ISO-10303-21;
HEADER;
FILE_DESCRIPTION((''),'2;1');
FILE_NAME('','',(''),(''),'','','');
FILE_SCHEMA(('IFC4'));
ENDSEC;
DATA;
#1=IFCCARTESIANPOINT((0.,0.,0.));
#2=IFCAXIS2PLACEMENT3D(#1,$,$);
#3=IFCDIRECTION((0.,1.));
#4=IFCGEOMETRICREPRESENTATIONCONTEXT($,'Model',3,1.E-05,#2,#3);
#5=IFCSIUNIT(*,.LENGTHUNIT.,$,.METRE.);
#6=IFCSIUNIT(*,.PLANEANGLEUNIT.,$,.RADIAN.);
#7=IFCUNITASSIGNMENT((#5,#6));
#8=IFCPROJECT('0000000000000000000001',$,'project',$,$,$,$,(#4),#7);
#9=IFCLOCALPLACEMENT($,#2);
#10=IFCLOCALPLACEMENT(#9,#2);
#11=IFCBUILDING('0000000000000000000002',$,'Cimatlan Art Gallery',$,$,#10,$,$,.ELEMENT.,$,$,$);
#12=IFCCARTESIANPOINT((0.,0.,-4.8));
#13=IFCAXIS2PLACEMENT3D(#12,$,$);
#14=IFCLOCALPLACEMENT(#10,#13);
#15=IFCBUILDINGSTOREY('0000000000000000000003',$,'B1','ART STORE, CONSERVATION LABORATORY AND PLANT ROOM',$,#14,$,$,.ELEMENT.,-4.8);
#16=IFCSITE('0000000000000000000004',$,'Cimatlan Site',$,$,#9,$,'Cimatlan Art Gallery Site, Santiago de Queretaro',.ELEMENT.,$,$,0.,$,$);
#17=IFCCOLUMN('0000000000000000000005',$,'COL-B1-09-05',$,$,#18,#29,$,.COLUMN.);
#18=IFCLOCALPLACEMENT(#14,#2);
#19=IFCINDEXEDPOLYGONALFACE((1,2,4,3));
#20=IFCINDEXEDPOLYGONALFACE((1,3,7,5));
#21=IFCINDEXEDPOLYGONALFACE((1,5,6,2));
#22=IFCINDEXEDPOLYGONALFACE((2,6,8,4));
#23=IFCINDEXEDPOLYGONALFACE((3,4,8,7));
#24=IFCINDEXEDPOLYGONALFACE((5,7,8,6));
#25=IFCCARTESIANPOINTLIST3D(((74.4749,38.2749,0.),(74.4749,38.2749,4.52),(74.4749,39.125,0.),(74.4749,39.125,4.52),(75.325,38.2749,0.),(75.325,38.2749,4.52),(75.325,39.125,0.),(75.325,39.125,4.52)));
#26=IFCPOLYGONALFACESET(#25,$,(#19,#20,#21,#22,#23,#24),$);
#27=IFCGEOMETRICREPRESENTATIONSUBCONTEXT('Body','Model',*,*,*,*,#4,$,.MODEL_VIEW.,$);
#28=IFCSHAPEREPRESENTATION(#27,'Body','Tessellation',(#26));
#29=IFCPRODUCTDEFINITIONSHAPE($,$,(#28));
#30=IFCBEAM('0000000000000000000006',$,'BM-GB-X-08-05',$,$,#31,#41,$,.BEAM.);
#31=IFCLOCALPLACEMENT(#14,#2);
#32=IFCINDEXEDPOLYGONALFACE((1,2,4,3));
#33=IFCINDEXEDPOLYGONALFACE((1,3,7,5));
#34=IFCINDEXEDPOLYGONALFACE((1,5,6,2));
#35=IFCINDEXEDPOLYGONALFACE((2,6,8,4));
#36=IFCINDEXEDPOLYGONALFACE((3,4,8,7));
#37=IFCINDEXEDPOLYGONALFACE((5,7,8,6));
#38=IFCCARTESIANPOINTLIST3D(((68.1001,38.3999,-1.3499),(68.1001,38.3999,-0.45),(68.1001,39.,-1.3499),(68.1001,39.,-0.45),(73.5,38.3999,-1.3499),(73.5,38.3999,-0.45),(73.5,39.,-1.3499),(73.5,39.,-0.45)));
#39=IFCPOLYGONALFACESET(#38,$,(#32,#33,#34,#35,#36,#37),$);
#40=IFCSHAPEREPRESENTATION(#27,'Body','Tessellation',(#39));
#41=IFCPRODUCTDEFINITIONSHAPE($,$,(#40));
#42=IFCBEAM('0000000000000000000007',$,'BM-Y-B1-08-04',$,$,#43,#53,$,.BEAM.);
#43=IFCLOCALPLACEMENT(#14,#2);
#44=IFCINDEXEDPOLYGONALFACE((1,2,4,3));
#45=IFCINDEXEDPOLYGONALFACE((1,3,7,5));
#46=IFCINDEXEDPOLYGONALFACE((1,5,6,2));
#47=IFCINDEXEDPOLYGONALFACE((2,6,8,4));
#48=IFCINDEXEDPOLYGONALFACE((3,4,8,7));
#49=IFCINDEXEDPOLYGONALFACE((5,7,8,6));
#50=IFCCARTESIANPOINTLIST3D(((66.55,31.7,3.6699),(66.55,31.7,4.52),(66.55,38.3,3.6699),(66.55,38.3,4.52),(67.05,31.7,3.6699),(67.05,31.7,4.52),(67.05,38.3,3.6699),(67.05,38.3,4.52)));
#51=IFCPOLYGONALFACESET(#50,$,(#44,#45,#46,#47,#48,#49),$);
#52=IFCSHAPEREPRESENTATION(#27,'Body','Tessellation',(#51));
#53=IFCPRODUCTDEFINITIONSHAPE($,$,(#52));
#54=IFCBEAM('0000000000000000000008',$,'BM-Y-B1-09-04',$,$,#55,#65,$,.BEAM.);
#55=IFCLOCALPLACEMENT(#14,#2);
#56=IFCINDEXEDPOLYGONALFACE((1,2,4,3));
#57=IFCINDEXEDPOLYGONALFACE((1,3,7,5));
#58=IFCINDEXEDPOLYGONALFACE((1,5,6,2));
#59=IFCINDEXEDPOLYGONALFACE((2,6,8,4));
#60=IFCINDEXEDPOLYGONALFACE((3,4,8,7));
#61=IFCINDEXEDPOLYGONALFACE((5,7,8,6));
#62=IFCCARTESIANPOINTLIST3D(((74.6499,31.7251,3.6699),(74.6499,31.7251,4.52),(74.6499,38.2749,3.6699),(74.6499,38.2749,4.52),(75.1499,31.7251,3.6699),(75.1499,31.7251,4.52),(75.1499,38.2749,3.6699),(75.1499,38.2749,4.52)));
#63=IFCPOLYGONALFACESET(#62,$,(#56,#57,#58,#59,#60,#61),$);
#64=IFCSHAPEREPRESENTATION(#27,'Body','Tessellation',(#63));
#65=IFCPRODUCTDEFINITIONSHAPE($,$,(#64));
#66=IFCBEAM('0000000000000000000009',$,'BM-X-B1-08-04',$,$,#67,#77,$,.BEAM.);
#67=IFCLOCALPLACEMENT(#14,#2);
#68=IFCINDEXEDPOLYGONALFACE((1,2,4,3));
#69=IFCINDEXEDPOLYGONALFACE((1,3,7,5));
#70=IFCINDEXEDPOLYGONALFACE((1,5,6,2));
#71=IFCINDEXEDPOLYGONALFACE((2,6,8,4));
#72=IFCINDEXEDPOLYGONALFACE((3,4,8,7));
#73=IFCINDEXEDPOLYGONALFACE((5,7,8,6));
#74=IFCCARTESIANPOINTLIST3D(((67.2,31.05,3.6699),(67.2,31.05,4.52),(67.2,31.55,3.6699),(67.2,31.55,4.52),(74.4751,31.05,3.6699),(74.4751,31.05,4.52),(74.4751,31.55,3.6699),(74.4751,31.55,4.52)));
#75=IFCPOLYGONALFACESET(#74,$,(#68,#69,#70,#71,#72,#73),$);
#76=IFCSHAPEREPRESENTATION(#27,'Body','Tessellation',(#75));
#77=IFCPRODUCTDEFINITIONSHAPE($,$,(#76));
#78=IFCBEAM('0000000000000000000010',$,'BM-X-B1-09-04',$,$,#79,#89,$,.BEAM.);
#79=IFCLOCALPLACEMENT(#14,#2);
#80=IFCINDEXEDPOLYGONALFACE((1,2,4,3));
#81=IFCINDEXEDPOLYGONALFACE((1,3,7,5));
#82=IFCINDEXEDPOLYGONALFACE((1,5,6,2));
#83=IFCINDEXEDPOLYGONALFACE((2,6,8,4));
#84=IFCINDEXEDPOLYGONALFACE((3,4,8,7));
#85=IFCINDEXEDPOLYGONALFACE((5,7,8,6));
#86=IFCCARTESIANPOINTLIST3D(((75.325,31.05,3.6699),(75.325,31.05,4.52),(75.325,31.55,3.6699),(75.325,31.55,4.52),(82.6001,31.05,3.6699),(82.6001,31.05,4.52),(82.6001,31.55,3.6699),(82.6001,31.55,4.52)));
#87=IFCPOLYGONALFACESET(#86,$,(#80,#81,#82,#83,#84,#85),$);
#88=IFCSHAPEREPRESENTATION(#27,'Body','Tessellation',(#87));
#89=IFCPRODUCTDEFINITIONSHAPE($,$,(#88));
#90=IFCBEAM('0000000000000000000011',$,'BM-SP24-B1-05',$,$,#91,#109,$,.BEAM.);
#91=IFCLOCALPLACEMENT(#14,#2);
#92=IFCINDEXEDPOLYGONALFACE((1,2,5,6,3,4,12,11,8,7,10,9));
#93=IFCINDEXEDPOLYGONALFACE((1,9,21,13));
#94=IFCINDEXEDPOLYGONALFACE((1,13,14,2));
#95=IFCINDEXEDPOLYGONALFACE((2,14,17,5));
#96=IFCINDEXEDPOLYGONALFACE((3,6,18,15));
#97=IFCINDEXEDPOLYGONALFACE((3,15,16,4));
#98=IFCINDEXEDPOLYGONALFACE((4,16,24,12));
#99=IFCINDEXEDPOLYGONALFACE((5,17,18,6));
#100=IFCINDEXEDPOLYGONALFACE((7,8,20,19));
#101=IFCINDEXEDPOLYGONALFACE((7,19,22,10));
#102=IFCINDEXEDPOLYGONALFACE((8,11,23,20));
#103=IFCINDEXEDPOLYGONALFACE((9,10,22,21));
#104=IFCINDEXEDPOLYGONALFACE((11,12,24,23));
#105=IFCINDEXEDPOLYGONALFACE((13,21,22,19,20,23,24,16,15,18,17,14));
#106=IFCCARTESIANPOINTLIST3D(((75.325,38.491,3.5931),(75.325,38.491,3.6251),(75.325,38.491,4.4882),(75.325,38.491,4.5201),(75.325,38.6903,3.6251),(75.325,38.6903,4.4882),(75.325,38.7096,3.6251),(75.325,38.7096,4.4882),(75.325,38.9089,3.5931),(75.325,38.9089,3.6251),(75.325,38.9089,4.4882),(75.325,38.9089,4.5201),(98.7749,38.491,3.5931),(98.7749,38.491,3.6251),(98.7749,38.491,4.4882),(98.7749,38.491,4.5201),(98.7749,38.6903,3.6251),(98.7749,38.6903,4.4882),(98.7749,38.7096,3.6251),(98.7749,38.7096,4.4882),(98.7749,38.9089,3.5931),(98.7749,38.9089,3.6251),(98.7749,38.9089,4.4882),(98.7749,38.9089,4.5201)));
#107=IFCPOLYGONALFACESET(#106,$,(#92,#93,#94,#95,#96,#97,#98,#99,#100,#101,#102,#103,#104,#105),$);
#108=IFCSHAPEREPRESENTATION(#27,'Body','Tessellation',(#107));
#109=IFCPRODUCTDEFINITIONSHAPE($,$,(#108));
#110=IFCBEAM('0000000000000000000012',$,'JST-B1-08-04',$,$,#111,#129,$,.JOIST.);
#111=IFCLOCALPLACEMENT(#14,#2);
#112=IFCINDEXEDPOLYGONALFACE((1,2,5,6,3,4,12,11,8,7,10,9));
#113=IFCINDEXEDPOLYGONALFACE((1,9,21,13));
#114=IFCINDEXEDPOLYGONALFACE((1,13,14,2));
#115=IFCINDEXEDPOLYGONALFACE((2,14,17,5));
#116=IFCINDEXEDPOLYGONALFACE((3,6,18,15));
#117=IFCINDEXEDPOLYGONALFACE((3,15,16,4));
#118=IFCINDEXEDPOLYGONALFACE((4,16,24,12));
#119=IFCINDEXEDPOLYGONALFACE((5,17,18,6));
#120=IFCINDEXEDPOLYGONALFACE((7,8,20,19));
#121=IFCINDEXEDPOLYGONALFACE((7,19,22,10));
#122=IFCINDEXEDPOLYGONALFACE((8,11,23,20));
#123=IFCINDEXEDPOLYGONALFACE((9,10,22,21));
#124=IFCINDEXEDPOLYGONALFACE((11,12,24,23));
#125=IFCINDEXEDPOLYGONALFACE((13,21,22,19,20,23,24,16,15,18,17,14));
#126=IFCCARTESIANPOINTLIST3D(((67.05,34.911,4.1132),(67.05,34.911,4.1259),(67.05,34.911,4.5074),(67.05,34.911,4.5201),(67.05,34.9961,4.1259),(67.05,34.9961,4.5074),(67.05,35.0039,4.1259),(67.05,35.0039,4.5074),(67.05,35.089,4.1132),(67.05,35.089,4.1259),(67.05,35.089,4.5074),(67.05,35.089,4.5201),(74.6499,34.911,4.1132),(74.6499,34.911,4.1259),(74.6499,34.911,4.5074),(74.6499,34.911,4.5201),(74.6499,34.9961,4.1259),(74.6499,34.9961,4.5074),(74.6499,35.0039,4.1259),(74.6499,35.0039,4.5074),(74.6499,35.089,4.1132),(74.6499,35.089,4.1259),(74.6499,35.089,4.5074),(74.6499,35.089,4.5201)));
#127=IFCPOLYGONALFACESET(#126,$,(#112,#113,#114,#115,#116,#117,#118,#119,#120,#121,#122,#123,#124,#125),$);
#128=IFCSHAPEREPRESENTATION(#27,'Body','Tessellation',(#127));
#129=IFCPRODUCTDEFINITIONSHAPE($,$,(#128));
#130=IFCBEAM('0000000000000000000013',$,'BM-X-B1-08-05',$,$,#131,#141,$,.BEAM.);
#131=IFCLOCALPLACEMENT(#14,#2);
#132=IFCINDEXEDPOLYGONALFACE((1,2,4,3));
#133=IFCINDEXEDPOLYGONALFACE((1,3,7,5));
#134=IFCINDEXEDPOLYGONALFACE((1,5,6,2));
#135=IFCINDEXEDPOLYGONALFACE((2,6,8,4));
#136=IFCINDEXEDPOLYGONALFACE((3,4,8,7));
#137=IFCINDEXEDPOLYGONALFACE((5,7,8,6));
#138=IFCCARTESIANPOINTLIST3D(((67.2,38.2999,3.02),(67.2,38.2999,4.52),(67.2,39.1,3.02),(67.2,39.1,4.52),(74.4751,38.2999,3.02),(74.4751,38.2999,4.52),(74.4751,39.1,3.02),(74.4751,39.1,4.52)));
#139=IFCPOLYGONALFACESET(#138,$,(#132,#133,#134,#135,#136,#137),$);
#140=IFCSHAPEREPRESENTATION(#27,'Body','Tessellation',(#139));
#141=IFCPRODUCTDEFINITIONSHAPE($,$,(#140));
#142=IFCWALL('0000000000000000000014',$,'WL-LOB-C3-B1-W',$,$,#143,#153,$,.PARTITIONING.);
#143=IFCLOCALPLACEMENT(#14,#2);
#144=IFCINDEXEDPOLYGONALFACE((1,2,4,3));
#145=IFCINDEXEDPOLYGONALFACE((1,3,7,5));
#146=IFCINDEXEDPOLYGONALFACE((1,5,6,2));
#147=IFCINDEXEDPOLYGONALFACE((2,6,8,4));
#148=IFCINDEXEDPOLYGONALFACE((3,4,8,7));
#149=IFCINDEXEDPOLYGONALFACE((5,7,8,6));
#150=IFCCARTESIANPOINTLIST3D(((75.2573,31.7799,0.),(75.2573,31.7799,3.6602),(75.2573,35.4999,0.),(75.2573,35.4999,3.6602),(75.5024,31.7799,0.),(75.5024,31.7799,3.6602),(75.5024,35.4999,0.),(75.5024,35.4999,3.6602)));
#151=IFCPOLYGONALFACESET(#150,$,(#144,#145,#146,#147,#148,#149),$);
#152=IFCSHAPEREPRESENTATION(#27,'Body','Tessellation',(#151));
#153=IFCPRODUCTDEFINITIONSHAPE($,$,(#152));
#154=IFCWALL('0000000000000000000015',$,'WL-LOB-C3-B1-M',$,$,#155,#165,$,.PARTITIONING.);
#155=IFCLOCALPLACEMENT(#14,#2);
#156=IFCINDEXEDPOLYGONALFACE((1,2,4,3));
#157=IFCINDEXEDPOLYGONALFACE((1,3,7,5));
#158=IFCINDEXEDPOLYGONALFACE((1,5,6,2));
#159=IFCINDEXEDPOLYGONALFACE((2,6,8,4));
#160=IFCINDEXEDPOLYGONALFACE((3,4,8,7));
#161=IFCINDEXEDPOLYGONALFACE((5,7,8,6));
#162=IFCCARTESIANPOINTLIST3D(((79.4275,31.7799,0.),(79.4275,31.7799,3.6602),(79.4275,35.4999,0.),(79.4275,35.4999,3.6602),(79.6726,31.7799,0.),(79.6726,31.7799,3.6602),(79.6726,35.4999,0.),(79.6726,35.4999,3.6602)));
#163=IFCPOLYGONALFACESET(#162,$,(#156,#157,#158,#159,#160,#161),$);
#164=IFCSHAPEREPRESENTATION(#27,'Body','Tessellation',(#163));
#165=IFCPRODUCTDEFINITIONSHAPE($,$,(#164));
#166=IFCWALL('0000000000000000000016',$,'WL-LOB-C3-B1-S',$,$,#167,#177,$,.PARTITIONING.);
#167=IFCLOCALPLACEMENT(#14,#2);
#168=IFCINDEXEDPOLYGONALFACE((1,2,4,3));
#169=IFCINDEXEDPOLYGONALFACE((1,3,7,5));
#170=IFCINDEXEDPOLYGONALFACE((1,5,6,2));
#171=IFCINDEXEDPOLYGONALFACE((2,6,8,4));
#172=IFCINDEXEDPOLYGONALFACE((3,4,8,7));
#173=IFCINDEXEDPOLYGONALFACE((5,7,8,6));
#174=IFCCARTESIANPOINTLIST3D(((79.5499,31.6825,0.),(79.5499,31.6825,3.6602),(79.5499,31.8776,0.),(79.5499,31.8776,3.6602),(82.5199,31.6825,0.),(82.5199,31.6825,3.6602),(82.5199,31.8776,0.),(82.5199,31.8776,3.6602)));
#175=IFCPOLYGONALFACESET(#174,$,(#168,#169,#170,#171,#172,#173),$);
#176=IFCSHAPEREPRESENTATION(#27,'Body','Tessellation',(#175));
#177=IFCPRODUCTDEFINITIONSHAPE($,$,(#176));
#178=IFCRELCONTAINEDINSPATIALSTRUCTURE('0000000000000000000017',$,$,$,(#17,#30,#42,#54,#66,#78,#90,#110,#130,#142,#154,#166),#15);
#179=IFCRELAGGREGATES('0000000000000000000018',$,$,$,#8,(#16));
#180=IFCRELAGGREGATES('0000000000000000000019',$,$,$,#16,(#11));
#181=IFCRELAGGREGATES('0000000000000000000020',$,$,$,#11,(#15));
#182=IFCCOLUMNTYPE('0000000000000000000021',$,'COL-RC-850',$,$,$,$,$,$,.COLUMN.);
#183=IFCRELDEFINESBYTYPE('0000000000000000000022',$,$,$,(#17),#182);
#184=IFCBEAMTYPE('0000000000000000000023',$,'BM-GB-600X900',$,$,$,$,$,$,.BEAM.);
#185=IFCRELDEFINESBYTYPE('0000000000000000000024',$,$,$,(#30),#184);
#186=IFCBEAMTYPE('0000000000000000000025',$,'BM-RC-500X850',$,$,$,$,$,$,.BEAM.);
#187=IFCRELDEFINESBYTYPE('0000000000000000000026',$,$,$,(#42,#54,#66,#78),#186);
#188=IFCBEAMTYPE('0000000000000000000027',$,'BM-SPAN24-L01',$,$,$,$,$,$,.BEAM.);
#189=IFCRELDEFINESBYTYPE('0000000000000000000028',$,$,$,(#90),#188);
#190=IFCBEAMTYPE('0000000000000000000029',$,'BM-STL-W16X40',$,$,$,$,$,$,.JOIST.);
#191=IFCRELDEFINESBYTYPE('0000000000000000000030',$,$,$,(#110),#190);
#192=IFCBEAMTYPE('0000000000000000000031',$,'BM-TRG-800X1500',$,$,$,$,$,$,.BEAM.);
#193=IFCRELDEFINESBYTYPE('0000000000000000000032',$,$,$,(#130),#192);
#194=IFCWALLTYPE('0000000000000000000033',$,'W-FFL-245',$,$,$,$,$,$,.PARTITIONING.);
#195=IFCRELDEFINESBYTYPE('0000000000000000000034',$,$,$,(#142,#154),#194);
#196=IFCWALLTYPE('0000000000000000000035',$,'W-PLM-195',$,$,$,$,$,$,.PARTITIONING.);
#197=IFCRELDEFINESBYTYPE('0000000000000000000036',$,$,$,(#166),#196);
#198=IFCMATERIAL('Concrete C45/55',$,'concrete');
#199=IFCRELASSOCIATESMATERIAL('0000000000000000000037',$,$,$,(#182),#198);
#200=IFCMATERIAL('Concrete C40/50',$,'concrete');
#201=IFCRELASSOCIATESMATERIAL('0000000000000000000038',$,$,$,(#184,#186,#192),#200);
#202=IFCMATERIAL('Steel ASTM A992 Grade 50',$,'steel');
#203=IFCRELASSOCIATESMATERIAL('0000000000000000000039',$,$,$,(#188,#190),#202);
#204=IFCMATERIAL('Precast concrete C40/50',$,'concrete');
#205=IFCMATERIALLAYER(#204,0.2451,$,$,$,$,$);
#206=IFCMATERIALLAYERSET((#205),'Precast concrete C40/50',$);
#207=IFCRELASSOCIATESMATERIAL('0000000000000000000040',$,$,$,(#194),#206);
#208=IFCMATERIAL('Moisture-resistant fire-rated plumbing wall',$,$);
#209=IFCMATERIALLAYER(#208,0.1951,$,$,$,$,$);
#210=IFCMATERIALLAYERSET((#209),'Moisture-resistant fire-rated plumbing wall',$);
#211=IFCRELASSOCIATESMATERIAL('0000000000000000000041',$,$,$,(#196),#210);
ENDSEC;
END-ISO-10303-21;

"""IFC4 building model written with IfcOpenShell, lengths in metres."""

from ifc_helpers import new_model, si_unit, direction, frame, frame_2d, origin, origin_2d, place, context, subcontext, project, spatial, rectangle, i_section, extrude, material, layer, layer_set, material_profile, profile_set, type_object, element, save


model = new_model("IFC4")

# Units and contexts
model_context = context("Model", 3, precision=1e-05, world=origin(), true_north=direction((0.0, 1.0)))
body_context = subcontext(model_context, "Body", "Model", "MODEL_VIEW")
ifc_project = project(units=[si_unit("LENGTHUNIT", "METRE"), si_unit("PLANEANGLEUNIT", "RADIAN")], contexts=[model_context])

# Site, building, storey
site_placement = place(None, origin())
site = spatial("IfcSite", under=ifc_project, at=site_placement, Name="Cimatlan Site", LongName="Cimatlan Art Gallery Site, Santiago de Queretaro", CompositionType="ELEMENT", RefElevation=0.0)
building_placement = place(site_placement, origin())
building = spatial("IfcBuilding", under=site, at=building_placement, Name="Cimatlan Art Gallery", CompositionType="ELEMENT")
storey_placement = place(building_placement, frame((0.0, 0.0, -4.8)))
storey = spatial("IfcBuildingStorey", under=building, at=storey_placement, Name="B1", Description="ART STORE, CONSERVATION LABORATORY AND PLANT ROOM", CompositionType="ELEMENT", Elevation=-4.8)

# Shared definitions
ifc_material_1 = material(Name="Concrete C40/50", Category="concrete")

# Column
ifc_material_2 = material(Name="Concrete C45/55", Category="concrete")
ifc_material_profile_1 = material_profile(ifc_material_2, rectangle(XDim=0.8501, YDim=0.8501, at=origin_2d()), Name="RC850X850")
ifc_profile_set_1 = profile_set([ifc_material_profile_1], Name="Concrete C45/55")
column_type_1 = type_object("IfcColumnType", Name="COL-RC-850", PredefinedType="COLUMN", material=ifc_profile_set_1)
for number, where, z_axis, x_axis, name in (
    (1, (74.8999, 38.7, 0.0), (0.0, 0.0, 1.0), (1.0, 0.0, 0.0), "COL-B1-09-05"),
):
    element("IfcColumn", number, at=place(storey_placement, frame(where, z_axis=z_axis, x_axis=x_axis)), inside=storey, type_object=column_type_1, Name=name, PredefinedType="COLUMN", context=body_context, shape_type="SweptSolid", body=[
        extrude(rectangle(XDim=0.8501, YDim=0.8501, at=origin_2d()), origin(), (0.0, 0.0, 1.0), 4.52),
    ])

# Beams
ifc_material_profile_2 = material_profile(ifc_material_1, rectangle(XDim=0.6001, YDim=0.8999, at=origin_2d()), Name="RC600X900")
ifc_profile_set_2 = profile_set([ifc_material_profile_2], Name="Concrete C40/50")
beam_type_1 = type_object("IfcBeamType", Name="BM-GB-600X900", PredefinedType="BEAM", material=ifc_profile_set_2)
beam_1_placement = place(storey_placement, frame((68.1001, 38.7, -0.8999), z_axis=(1.0, 0.0, 0.0), x_axis=(0.0, 1.0, 0.0)))
element("IfcBeam", 2, at=beam_1_placement, inside=storey, type_object=beam_type_1, Name="BM-GB-X-08-05", PredefinedType="BEAM", context=body_context, shape_type="SweptSolid", body=[
    extrude(rectangle(XDim=0.6001, YDim=0.8999, at=origin_2d()), origin(), (0.0, 0.0, 1.0), 5.3999),
])
ifc_material_profile_3 = material_profile(ifc_material_1, rectangle(XDim=0.5, YDim=0.8501, at=origin_2d()), Name="RC500X850")
ifc_profile_set_3 = profile_set([ifc_material_profile_3], Name="Concrete C40/50")
beam_type_2 = type_object("IfcBeamType", Name="BM-RC-500X850", PredefinedType="BEAM", material=ifc_profile_set_3)
beam_2_placement = place(storey_placement, frame((66.8, 31.7, 4.095), z_axis=(0.0, 1.0, 0.0), x_axis=(-1.0, 0.0, 0.0)))
element("IfcBeam", 3, at=beam_2_placement, inside=storey, type_object=beam_type_2, Name="BM-Y-B1-08-04", PredefinedType="BEAM", context=body_context, shape_type="SweptSolid", body=[
    extrude(rectangle(XDim=0.5, YDim=0.8501, at=origin_2d()), origin(), (0.0, 0.0, 1.0), 6.6001),
])
beam_3_placement = place(storey_placement, frame((74.8999, 31.7251, 4.095), z_axis=(0.0, 1.0, 0.0), x_axis=(-1.0, 0.0, 0.0)))
element("IfcBeam", 4, at=beam_3_placement, inside=storey, type_object=beam_type_2, Name="BM-Y-B1-09-04", PredefinedType="BEAM", context=body_context, shape_type="SweptSolid", body=[
    extrude(rectangle(XDim=0.5, YDim=0.8501, at=origin_2d()), origin(), (0.0, 0.0, 1.0), 6.5498),
])
for number, where, z_axis, x_axis, name in (
    (5, (67.2, 31.3, 4.095), (1.0, 0.0, 0.0), (0.0, 1.0, 0.0), "BM-X-B1-08-04"),
    (6, (75.325, 31.3, 4.095), (1.0, 0.0, 0.0), (0.0, 1.0, 0.0), "BM-X-B1-09-04"),
):
    element("IfcBeam", number, at=place(storey_placement, frame(where, z_axis=z_axis, x_axis=x_axis)), inside=storey, type_object=beam_type_2, Name=name, PredefinedType="BEAM", context=body_context, shape_type="SweptSolid", body=[
        extrude(rectangle(XDim=0.5, YDim=0.8501, at=origin_2d()), origin(), (0.0, 0.0, 1.0), 7.2751),
    ])
ifc_material_3 = material(Name="Steel ASTM A992 Grade 50", Category="steel")
ifc_material_profile_4 = material_profile(ifc_material_3, i_section(OverallWidth=0.418, OverallDepth=0.927, WebThickness=0.0193, FlangeThickness=0.032, at=origin_2d()), Name="W36X231")
ifc_profile_set_4 = profile_set([ifc_material_profile_4], Name="Steel ASTM A992 Grade 50")
beam_type_3 = type_object("IfcBeamType", Name="BM-SPAN24-L01", PredefinedType="BEAM", material=ifc_profile_set_4)
beam_4_placement = place(storey_placement, frame((75.325, 38.7, 4.0566), z_axis=(1.0, 0.0, 0.0), x_axis=(0.0, 1.0, 0.0)))
element("IfcBeam", 7, at=beam_4_placement, inside=storey, type_object=beam_type_3, Name="BM-SP24-B1-05", PredefinedType="BEAM", context=body_context, shape_type="SweptSolid", body=[
    extrude(i_section(OverallWidth=0.418, OverallDepth=0.927, WebThickness=0.0193, FlangeThickness=0.032, at=origin_2d()), origin(), (0.0, 0.0, 1.0), 23.45),
])
ifc_material_profile_5 = material_profile(ifc_material_3, i_section(OverallWidth=0.178, OverallDepth=0.407, WebThickness=0.0078, FlangeThickness=0.0127, at=origin_2d()), Name="W16X40")
ifc_profile_set_5 = profile_set([ifc_material_profile_5], Name="Steel ASTM A992 Grade 50")
beam_type_4 = type_object("IfcBeamType", Name="BM-STL-W16X40", PredefinedType="JOIST", material=ifc_profile_set_5)
beam_5_placement = place(storey_placement, frame((67.05, 35.0, 4.3167), z_axis=(1.0, 0.0, 0.0), x_axis=(0.0, 1.0, 0.0)))
element("IfcBeam", 8, at=beam_5_placement, inside=storey, type_object=beam_type_4, Name="JST-B1-08-04", PredefinedType="JOIST", context=body_context, shape_type="SweptSolid", body=[
    extrude(i_section(OverallWidth=0.178, OverallDepth=0.407, WebThickness=0.0078, FlangeThickness=0.0127, at=origin_2d()), origin(), (0.0, 0.0, 1.0), 7.5999),
])
ifc_material_profile_6 = material_profile(ifc_material_1, rectangle(XDim=0.8, YDim=1.5, at=origin_2d()), Name="RC800X1500")
ifc_profile_set_6 = profile_set([ifc_material_profile_6], Name="Concrete C40/50")
beam_type_5 = type_object("IfcBeamType", Name="BM-TRG-800X1500", PredefinedType="BEAM", material=ifc_profile_set_6)
beam_6_placement = place(storey_placement, frame((67.2, 38.7, 3.77), z_axis=(1.0, 0.0, 0.0), x_axis=(0.0, 1.0, 0.0)))
element("IfcBeam", 9, at=beam_6_placement, inside=storey, type_object=beam_type_5, Name="BM-X-B1-08-05", PredefinedType="BEAM", context=body_context, shape_type="SweptSolid", body=[
    extrude(rectangle(XDim=0.8, YDim=1.5, at=origin_2d()), origin(), (0.0, 0.0, 1.0), 7.2751),
])

# Shared definitions
ifc_material_4 = material(Name="Precast concrete C40/50", Category="concrete")
ifc_layer_1 = layer(ifc_material_4, 0.2451)
ifc_layer_set_1 = layer_set([ifc_layer_1], Name="Precast concrete C40/50")
wall_type_1 = type_object("IfcWallType", Name="W-FFL-245", PredefinedType="PARTITIONING", material=ifc_layer_set_1)

# Walls
for number, where, z_axis, x_axis, name in (
    (10, (75.3799, 31.78, 0.0), (0.0, 0.0, 1.0), (0.0, 1.0, 0.0), "WL-LOB-C3-B1-W"),
    (11, (79.55, 31.78, 0.0), (0.0, 0.0, 1.0), (0.0, 1.0, 0.0), "WL-LOB-C3-B1-M"),
):
    element("IfcWall", number, at=place(storey_placement, frame(where, z_axis=z_axis, x_axis=x_axis)), inside=storey, type_object=wall_type_1, Name=name, PredefinedType="PARTITIONING", context=body_context, shape_type="SweptSolid", body=[
        extrude(rectangle(XDim=3.72, YDim=0.2451, at=frame_2d((1.8599, 0.0))), origin(), (0.0, 0.0, 1.0), 3.6602),
    ])
ifc_material_5 = material(Name="Moisture-resistant fire-rated plumbing wall")
ifc_layer_2 = layer(ifc_material_5, 0.1951)
ifc_layer_set_2 = layer_set([ifc_layer_2], Name="Moisture-resistant fire-rated plumbing wall")
wall_type_2 = type_object("IfcWallType", Name="W-PLM-195", PredefinedType="PARTITIONING", material=ifc_layer_set_2)
wall_1_placement = place(storey_placement, frame((79.55, 31.78, 0.0), z_axis=(0.0, 0.0, 1.0), x_axis=(1.0, 0.0, 0.0)))
element("IfcWall", 12, at=wall_1_placement, inside=storey, type_object=wall_type_2, Name="WL-LOB-C3-B1-S", PredefinedType="PARTITIONING", context=body_context, shape_type="SweptSolid", body=[
    extrude(rectangle(XDim=2.97, YDim=0.1951, at=frame_2d((1.4849, 0.0))), origin(), (0.0, 0.0, 1.0), 3.6602),
])

save(model, "model.ifc")
